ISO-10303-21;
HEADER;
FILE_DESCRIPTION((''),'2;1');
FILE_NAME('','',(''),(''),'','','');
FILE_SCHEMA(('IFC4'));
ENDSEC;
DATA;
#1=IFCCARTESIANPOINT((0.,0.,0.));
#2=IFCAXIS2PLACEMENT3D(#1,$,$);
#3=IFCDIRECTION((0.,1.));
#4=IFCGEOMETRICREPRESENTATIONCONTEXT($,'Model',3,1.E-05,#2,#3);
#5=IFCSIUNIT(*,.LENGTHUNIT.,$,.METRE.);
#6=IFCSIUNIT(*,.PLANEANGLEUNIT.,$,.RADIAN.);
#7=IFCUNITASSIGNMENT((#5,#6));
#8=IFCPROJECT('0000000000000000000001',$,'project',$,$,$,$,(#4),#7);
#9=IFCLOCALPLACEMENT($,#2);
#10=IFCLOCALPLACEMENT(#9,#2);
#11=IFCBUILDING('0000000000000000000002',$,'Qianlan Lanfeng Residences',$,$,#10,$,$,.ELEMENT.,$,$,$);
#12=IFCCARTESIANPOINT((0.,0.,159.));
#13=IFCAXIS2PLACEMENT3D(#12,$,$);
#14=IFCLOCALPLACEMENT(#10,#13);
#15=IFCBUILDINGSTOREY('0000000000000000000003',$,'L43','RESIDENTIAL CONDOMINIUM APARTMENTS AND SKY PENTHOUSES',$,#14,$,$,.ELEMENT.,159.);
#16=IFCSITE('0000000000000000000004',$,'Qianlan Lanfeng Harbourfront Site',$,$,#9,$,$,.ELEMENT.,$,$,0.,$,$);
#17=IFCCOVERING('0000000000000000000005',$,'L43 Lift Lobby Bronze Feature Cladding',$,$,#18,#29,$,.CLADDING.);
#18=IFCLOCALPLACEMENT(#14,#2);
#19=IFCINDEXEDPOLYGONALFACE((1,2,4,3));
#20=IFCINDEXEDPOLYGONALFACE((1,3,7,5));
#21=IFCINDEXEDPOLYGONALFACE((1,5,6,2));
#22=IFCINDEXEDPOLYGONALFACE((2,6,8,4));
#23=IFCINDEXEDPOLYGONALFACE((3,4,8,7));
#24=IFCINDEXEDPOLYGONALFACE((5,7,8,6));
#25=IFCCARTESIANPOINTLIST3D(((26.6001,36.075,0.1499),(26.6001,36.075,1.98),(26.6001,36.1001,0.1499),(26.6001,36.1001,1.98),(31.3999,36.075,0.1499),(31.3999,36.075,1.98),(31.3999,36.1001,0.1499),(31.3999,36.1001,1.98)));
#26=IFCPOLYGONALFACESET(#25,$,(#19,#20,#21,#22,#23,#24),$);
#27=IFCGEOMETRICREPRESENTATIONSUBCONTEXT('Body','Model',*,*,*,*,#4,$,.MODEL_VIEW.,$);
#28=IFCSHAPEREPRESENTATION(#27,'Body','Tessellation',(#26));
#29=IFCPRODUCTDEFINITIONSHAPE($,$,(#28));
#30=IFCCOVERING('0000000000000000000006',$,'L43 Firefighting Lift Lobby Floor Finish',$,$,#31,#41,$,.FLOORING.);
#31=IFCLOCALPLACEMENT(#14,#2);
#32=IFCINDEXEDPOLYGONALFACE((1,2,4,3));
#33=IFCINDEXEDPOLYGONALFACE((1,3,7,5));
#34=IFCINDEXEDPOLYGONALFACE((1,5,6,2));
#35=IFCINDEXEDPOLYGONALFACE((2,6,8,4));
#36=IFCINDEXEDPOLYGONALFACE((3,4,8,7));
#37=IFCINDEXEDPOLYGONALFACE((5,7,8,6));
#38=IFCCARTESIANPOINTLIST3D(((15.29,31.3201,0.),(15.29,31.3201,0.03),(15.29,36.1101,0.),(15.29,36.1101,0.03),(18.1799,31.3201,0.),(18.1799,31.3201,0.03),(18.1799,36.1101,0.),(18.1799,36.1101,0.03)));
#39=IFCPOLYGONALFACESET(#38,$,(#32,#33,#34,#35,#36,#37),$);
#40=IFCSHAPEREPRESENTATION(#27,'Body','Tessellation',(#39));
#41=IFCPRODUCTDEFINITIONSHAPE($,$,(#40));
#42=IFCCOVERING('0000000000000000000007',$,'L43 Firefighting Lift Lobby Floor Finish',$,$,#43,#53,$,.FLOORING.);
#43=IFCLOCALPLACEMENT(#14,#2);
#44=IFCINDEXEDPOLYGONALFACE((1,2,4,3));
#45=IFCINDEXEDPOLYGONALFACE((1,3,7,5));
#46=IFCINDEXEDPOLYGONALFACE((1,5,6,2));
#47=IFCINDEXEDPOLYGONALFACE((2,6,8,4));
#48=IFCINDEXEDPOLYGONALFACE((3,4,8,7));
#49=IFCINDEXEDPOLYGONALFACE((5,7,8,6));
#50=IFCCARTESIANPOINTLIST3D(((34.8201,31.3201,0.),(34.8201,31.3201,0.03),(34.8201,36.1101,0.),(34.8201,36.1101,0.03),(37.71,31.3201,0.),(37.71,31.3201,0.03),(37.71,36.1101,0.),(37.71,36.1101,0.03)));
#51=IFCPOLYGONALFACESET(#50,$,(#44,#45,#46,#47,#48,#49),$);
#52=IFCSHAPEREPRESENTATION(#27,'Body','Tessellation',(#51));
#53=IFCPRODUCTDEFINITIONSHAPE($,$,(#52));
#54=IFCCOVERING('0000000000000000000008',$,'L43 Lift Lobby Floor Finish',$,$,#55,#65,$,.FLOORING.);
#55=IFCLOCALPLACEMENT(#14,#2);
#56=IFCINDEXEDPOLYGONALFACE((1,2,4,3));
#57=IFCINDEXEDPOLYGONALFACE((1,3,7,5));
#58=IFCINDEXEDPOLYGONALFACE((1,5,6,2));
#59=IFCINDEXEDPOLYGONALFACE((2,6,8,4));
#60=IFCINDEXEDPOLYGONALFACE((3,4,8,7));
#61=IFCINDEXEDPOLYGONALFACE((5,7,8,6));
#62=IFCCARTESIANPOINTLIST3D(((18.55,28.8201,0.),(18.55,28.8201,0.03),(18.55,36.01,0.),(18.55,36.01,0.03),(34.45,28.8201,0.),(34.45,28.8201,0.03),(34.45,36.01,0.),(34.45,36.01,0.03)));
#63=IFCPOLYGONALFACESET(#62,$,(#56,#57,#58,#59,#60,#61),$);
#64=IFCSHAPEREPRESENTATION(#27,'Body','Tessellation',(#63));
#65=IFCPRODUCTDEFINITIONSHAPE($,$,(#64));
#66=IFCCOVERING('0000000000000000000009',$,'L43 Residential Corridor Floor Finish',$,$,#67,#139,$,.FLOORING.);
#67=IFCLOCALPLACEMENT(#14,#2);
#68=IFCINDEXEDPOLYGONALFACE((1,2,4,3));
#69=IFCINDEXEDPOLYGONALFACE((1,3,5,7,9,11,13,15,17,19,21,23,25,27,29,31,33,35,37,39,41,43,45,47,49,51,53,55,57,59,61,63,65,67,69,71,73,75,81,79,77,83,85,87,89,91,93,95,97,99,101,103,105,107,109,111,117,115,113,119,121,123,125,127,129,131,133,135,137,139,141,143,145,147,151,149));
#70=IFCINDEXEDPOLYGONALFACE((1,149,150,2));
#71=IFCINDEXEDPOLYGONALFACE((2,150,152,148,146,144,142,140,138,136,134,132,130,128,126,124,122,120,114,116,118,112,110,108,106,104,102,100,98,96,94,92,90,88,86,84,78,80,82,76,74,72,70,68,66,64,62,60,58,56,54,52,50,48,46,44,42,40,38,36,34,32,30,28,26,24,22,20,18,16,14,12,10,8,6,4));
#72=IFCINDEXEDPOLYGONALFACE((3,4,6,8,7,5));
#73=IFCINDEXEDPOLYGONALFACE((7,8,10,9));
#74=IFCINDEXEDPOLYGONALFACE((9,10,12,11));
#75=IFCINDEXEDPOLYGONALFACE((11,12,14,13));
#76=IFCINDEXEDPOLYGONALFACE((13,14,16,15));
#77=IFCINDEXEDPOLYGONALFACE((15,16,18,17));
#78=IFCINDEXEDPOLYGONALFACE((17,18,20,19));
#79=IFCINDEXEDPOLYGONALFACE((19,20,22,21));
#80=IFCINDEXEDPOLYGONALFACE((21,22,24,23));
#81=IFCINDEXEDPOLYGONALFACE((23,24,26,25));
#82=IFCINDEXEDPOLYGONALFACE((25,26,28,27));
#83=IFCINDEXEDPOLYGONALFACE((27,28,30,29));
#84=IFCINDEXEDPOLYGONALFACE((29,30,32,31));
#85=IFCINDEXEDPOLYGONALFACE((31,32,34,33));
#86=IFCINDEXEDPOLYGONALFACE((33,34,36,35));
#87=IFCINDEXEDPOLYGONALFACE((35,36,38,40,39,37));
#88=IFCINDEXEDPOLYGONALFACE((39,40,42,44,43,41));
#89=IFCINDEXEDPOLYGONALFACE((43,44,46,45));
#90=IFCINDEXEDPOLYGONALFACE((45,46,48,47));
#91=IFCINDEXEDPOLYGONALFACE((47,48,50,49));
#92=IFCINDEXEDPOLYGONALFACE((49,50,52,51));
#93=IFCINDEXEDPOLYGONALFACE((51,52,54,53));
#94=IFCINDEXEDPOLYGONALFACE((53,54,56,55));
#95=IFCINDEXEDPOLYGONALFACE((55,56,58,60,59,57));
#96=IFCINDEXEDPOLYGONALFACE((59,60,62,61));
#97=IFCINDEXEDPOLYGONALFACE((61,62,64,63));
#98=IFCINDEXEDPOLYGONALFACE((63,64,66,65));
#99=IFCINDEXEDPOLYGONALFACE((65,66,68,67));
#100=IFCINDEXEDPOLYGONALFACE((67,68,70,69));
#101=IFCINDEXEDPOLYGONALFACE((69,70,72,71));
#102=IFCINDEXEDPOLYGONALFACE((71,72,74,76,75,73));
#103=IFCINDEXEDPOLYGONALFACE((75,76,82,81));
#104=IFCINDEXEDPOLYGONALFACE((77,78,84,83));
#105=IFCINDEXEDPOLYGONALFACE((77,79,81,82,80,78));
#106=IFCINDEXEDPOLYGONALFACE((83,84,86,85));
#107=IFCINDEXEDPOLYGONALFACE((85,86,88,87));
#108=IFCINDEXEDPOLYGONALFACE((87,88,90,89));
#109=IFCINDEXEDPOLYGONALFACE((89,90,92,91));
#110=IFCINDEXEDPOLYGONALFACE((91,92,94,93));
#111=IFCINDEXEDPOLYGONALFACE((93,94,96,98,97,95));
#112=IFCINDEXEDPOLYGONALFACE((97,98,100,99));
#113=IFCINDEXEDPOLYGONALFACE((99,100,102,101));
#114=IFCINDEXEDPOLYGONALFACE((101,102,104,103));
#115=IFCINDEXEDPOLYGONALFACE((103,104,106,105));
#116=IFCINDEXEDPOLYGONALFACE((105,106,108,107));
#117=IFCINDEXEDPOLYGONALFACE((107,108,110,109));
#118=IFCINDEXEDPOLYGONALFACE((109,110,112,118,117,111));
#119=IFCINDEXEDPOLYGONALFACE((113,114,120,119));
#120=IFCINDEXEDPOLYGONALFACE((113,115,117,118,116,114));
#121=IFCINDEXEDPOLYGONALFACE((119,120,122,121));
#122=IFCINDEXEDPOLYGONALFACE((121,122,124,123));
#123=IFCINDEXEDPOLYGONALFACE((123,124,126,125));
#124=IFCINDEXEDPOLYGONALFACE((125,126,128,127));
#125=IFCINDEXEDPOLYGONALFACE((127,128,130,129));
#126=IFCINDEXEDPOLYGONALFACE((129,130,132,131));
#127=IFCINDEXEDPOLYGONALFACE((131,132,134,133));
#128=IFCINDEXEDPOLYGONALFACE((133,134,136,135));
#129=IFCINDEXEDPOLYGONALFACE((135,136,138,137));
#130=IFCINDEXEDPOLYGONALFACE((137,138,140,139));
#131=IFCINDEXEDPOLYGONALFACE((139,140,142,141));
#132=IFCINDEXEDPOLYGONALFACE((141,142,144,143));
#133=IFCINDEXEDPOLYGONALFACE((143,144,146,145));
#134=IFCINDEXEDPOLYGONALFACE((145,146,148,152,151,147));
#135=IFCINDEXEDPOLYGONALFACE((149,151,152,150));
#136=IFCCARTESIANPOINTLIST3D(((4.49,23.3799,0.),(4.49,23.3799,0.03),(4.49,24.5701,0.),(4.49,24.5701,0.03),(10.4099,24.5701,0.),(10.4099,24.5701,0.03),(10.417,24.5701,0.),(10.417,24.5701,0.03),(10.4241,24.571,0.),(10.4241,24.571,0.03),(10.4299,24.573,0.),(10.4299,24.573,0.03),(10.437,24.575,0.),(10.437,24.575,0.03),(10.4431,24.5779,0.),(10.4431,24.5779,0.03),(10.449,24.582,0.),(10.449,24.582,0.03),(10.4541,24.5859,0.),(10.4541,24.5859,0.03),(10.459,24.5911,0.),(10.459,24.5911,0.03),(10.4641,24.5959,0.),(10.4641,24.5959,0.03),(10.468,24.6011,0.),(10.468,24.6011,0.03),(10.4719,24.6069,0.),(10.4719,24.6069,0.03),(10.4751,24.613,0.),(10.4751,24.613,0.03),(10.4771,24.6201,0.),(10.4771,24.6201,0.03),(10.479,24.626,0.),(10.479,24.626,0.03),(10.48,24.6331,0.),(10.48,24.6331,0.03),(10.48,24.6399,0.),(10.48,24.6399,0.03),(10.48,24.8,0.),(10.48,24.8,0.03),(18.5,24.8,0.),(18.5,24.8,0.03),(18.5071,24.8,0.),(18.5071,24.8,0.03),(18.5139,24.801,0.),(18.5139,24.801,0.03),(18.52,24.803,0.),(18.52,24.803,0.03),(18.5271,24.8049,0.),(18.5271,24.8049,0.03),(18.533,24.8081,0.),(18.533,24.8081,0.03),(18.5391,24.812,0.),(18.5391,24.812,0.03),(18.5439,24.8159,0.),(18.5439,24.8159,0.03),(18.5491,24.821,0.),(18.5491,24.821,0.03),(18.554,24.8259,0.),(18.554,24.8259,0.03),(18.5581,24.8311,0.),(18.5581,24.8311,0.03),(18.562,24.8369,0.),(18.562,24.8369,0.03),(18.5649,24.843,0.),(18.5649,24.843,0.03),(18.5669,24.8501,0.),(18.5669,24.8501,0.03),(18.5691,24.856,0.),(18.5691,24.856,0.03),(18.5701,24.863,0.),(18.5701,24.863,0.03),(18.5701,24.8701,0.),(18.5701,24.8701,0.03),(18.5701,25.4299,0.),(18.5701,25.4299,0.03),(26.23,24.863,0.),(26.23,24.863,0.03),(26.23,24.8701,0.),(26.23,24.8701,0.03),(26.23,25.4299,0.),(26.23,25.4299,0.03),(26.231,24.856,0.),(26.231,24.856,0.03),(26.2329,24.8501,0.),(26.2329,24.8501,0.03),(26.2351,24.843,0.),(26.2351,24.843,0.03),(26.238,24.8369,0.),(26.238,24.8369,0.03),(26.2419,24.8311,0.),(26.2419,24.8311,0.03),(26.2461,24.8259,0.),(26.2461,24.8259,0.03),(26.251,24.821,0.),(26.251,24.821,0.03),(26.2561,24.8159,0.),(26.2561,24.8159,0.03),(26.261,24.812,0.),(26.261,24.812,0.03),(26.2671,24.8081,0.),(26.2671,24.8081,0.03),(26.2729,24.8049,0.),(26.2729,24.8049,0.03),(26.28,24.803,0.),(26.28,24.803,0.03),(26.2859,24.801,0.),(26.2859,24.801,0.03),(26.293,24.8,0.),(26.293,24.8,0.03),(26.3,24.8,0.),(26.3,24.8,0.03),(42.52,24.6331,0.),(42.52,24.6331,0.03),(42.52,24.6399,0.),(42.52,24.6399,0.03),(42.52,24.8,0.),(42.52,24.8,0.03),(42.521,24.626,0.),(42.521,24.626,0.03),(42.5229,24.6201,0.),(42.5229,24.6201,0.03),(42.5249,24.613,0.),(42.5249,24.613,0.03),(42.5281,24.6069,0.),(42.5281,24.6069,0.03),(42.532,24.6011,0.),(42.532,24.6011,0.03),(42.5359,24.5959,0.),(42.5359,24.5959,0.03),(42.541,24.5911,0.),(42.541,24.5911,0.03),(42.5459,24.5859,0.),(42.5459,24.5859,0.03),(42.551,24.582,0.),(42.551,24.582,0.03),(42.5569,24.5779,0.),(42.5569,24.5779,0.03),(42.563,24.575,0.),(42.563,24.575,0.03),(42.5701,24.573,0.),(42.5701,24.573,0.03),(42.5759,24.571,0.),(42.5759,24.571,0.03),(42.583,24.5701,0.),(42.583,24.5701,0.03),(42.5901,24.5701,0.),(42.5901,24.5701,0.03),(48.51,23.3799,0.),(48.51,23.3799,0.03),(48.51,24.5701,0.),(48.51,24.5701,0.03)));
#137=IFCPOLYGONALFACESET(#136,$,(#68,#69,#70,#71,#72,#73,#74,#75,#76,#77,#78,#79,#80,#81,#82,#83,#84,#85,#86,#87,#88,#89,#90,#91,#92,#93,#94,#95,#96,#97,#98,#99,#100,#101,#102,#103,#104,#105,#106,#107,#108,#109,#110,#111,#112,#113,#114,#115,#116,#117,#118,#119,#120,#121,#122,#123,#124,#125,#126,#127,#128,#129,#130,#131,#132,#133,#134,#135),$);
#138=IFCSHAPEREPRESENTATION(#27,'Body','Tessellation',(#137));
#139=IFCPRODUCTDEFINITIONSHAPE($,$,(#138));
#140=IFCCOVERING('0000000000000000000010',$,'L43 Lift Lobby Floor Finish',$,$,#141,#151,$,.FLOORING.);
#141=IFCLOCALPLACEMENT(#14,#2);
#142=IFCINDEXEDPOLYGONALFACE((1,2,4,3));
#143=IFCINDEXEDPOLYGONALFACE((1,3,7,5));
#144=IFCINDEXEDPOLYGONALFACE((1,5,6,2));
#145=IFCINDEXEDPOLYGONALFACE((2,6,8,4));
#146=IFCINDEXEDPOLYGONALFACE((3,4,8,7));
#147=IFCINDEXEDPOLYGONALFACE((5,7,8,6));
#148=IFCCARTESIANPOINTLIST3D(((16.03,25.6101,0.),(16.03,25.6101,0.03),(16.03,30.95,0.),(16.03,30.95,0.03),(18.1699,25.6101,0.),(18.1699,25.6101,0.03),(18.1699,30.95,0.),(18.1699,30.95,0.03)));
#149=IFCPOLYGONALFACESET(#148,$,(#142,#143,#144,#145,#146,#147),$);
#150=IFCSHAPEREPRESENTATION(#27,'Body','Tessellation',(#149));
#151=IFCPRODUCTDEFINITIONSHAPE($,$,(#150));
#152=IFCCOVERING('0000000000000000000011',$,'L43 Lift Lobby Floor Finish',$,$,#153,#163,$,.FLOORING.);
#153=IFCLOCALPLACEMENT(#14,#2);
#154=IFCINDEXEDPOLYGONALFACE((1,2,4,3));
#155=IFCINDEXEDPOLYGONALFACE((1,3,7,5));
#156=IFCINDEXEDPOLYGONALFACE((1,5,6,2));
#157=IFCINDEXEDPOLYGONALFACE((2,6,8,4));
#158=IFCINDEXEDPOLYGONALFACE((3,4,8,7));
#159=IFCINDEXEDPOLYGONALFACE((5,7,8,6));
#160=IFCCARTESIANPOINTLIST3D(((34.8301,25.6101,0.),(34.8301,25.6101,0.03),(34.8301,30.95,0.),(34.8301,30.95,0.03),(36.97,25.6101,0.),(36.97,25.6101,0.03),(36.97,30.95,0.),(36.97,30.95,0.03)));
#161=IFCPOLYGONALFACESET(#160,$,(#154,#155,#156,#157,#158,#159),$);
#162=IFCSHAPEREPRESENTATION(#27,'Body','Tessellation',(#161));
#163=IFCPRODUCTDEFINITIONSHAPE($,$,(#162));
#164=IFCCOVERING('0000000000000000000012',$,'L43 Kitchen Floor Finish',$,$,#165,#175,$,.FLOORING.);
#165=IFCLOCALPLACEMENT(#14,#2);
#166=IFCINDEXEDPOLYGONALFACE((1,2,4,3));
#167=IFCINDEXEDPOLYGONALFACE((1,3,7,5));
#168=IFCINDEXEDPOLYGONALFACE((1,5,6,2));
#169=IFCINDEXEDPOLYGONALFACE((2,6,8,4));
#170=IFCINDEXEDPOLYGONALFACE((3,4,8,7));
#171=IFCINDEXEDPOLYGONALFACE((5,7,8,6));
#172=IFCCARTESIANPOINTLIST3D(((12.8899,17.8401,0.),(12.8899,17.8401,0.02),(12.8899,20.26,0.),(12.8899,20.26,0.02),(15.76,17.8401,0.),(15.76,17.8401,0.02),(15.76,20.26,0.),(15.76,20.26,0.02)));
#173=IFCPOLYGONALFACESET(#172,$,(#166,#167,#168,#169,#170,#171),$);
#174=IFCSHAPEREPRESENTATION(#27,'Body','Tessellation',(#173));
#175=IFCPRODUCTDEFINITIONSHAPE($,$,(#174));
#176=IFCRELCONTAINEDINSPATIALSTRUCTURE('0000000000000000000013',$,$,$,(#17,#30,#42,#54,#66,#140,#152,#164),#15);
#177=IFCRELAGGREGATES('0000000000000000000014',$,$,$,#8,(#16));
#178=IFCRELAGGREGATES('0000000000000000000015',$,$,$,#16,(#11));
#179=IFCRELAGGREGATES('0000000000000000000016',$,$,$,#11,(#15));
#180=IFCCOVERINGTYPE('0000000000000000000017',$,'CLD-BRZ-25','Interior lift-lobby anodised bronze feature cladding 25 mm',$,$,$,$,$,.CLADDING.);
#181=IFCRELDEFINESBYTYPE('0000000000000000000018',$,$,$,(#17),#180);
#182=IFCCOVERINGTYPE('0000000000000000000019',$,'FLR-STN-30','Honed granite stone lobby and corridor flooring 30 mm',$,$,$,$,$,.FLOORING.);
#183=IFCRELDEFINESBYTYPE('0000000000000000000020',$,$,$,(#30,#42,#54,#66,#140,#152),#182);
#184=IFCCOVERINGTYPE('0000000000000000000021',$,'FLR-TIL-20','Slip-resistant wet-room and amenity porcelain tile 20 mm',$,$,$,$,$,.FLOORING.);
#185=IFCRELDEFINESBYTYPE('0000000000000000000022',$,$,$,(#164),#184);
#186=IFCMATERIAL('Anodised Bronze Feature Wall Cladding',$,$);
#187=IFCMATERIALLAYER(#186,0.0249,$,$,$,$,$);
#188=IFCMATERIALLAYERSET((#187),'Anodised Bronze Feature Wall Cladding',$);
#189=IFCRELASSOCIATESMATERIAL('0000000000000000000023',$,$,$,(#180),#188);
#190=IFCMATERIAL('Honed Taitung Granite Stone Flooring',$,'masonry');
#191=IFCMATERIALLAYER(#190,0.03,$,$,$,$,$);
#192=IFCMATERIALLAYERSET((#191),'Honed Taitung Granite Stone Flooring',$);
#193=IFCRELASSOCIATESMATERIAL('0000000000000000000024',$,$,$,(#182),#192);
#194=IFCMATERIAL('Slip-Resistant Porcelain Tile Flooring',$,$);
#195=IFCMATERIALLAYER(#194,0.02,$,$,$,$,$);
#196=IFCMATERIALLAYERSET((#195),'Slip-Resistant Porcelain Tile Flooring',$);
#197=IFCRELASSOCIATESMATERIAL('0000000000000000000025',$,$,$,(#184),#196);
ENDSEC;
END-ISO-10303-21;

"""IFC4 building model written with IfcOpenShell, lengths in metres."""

from ifc_helpers import new_model, si_unit, direction, frame, origin, place, context, subcontext, project, spatial, polyline, outline, extrude, material, layer, layer_set, type_object, element, save


model = new_model("IFC4")

# Units and contexts
model_context = context("Model", 3, precision=1e-05, world=origin(), true_north=direction((0.0, 1.0)))
body_context = subcontext(model_context, "Body", "Model", "MODEL_VIEW")
ifc_project = project(units=[si_unit("LENGTHUNIT", "METRE"), si_unit("PLANEANGLEUNIT", "RADIAN")], contexts=[model_context])

# Site, building, storey
site_placement = place(None, origin())
site = spatial("IfcSite", under=ifc_project, at=site_placement, Name="Qianlan Lanfeng Harbourfront Site", CompositionType="ELEMENT", RefElevation=0.0)
building_placement = place(site_placement, origin())
building = spatial("IfcBuilding", under=site, at=building_placement, Name="Qianlan Lanfeng Residences", CompositionType="ELEMENT")
storey_placement = place(building_placement, frame((0.0, 0.0, 159.0)))
storey = spatial("IfcBuildingStorey", under=building, at=storey_placement, Name="L43", Description="RESIDENTIAL CONDOMINIUM APARTMENTS AND SKY PENTHOUSES", CompositionType="ELEMENT", Elevation=159.0)

# Coverings
ifc_material_1 = material(Name="Anodised Bronze Feature Wall Cladding")
ifc_layer_1 = layer(ifc_material_1, 0.0249)
ifc_layer_set_1 = layer_set([ifc_layer_1], Name="Anodised Bronze Feature Wall Cladding")
covering_type_1 = type_object("IfcCoveringType", Name="CLD-BRZ-25", Description="Interior lift-lobby anodised bronze feature cladding 25 mm", PredefinedType="CLADDING", material=ifc_layer_set_1)
covering_1_placement = place(storey_placement, frame((0.0, 0.0, 0.1499)))
element("IfcCovering", 1, at=covering_1_placement, inside=storey, type_object=covering_type_1, Name="L43 Lift Lobby Bronze Feature Cladding", PredefinedType="CLADDING", context=body_context, shape_type="SweptSolid", body=[
    extrude(outline(polyline([(26.6001, 36.075), (31.3999, 36.075), (31.3999, 36.1001), (26.6001, 36.1001), (26.6001, 36.075)])), origin(), (0.0, 0.0, 1.0), 1.8301),
])
ifc_material_2 = material(Name="Honed Taitung Granite Stone Flooring", Category="masonry")
ifc_layer_2 = layer(ifc_material_2, 0.03)
ifc_layer_set_2 = layer_set([ifc_layer_2], Name="Honed Taitung Granite Stone Flooring")
covering_type_2 = type_object("IfcCoveringType", Name="FLR-STN-30", Description="Honed granite stone lobby and corridor flooring 30 mm", PredefinedType="FLOORING", material=ifc_layer_set_2)
covering_2_placement = place(storey_placement, origin())
element("IfcCovering", 2, at=covering_2_placement, inside=storey, type_object=covering_type_2, Name="L43 Firefighting Lift Lobby Floor Finish", PredefinedType="FLOORING", context=body_context, shape_type="SweptSolid", body=[
    extrude(outline(polyline([(15.29, 31.3201), (18.1799, 31.3201), (18.1799, 36.1101), (15.29, 36.1101), (15.29, 31.3201)])), origin(), (0.0, 0.0, 1.0), 0.03),
])
covering_3_placement = place(storey_placement, origin())
element("IfcCovering", 3, at=covering_3_placement, inside=storey, type_object=covering_type_2, Name="L43 Firefighting Lift Lobby Floor Finish", PredefinedType="FLOORING", context=body_context, shape_type="SweptSolid", body=[
    extrude(outline(polyline([(34.8201, 31.3201), (37.71, 31.3201), (37.71, 36.1101), (34.8201, 36.1101), (34.8201, 31.3201)])), origin(), (0.0, 0.0, 1.0), 0.03),
])
covering_4_placement = place(storey_placement, origin())
element("IfcCovering", 4, at=covering_4_placement, inside=storey, type_object=covering_type_2, Name="L43 Lift Lobby Floor Finish", PredefinedType="FLOORING", context=body_context, shape_type="SweptSolid", body=[
    extrude(outline(polyline([(18.55, 28.8201), (34.45, 28.8201), (34.45, 36.01), (18.55, 36.01), (18.55, 28.8201)])), origin(), (0.0, 0.0, 1.0), 0.03),
])
covering_5_placement = place(storey_placement, origin())
element("IfcCovering", 5, at=covering_5_placement, inside=storey, type_object=covering_type_2, Name="L43 Residential Corridor Floor Finish", PredefinedType="FLOORING", context=body_context, shape_type="SweptSolid", body=[
    extrude(outline(polyline([(4.49, 23.3799), (48.51, 23.3799), (48.51, 24.5701), (42.5901, 24.5701), (42.583, 24.5701), (42.5759, 24.571), (42.5701, 24.573), (42.563, 24.575), (42.5569, 24.5779), (42.551, 24.582), (42.5459, 24.5859), (42.541, 24.5911), (42.5359, 24.5959), (42.532, 24.6011), (42.5281, 24.6069), (42.5249, 24.613), (42.5229, 24.6201), (42.521, 24.626), (42.52, 24.6331), (42.52, 24.6399), (42.52, 24.8), (26.3, 24.8), (26.293, 24.8), (26.2859, 24.801), (26.28, 24.803), (26.2729, 24.8049), (26.2671, 24.8081), (26.261, 24.812), (26.2561, 24.8159), (26.251, 24.821), (26.2461, 24.8259), (26.2419, 24.8311), (26.238, 24.8369), (26.2351, 24.843), (26.2329, 24.8501), (26.231, 24.856), (26.23, 24.863), (26.23, 24.8701), (26.23, 25.4299), (18.5701, 25.4299), (18.5701, 24.8701), (18.5701, 24.863), (18.5691, 24.856), (18.5669, 24.8501), (18.5649, 24.843), (18.562, 24.8369), (18.5581, 24.8311), (18.554, 24.8259), (18.5491, 24.821), (18.5439, 24.8159), (18.5391, 24.812), (18.533, 24.8081), (18.5271, 24.8049), (18.52, 24.803), (18.5139, 24.801), (18.5071, 24.8), (18.5, 24.8), (10.48, 24.8), (10.48, 24.6399), (10.48, 24.6331), (10.479, 24.626), (10.4771, 24.6201), (10.4751, 24.613), (10.4719, 24.6069), (10.468, 24.6011), (10.4641, 24.5959), (10.459, 24.5911), (10.4541, 24.5859), (10.449, 24.582), (10.4431, 24.5779), (10.437, 24.575), (10.4299, 24.573), (10.4241, 24.571), (10.417, 24.5701), (10.4099, 24.5701), (4.49, 24.5701), (4.49, 23.3799)])), origin(), (0.0, 0.0, 1.0), 0.03),
])
covering_6_placement = place(storey_placement, origin())
element("IfcCovering", 6, at=covering_6_placement, inside=storey, type_object=covering_type_2, Name="L43 Lift Lobby Floor Finish", PredefinedType="FLOORING", context=body_context, shape_type="SweptSolid", body=[
    extrude(outline(polyline([(16.03, 25.6101), (18.1699, 25.6101), (18.1699, 30.95), (16.03, 30.95), (16.03, 25.6101)])), origin(), (0.0, 0.0, 1.0), 0.03),
])
covering_7_placement = place(storey_placement, origin())
element("IfcCovering", 7, at=covering_7_placement, inside=storey, type_object=covering_type_2, Name="L43 Lift Lobby Floor Finish", PredefinedType="FLOORING", context=body_context, shape_type="SweptSolid", body=[
    extrude(outline(polyline([(34.8301, 25.6101), (36.97, 25.6101), (36.97, 30.95), (34.8301, 30.95), (34.8301, 25.6101)])), origin(), (0.0, 0.0, 1.0), 0.03),
])
ifc_material_3 = material(Name="Slip-Resistant Porcelain Tile Flooring")
ifc_layer_3 = layer(ifc_material_3, 0.02)
ifc_layer_set_3 = layer_set([ifc_layer_3], Name="Slip-Resistant Porcelain Tile Flooring")
covering_type_3 = type_object("IfcCoveringType", Name="FLR-TIL-20", Description="Slip-resistant wet-room and amenity porcelain tile 20 mm", PredefinedType="FLOORING", material=ifc_layer_set_3)
covering_8_placement = place(storey_placement, origin())
element("IfcCovering", 8, at=covering_8_placement, inside=storey, type_object=covering_type_3, Name="L43 Kitchen Floor Finish", PredefinedType="FLOORING", context=body_context, shape_type="SweptSolid", body=[
    extrude(outline(polyline([(12.8899, 17.8401), (15.76, 17.8401), (15.76, 20.26), (12.8899, 20.26), (12.8899, 17.8401)])), origin(), (0.0, 0.0, 1.0), 0.02),
])

save(model, "model.ifc")
